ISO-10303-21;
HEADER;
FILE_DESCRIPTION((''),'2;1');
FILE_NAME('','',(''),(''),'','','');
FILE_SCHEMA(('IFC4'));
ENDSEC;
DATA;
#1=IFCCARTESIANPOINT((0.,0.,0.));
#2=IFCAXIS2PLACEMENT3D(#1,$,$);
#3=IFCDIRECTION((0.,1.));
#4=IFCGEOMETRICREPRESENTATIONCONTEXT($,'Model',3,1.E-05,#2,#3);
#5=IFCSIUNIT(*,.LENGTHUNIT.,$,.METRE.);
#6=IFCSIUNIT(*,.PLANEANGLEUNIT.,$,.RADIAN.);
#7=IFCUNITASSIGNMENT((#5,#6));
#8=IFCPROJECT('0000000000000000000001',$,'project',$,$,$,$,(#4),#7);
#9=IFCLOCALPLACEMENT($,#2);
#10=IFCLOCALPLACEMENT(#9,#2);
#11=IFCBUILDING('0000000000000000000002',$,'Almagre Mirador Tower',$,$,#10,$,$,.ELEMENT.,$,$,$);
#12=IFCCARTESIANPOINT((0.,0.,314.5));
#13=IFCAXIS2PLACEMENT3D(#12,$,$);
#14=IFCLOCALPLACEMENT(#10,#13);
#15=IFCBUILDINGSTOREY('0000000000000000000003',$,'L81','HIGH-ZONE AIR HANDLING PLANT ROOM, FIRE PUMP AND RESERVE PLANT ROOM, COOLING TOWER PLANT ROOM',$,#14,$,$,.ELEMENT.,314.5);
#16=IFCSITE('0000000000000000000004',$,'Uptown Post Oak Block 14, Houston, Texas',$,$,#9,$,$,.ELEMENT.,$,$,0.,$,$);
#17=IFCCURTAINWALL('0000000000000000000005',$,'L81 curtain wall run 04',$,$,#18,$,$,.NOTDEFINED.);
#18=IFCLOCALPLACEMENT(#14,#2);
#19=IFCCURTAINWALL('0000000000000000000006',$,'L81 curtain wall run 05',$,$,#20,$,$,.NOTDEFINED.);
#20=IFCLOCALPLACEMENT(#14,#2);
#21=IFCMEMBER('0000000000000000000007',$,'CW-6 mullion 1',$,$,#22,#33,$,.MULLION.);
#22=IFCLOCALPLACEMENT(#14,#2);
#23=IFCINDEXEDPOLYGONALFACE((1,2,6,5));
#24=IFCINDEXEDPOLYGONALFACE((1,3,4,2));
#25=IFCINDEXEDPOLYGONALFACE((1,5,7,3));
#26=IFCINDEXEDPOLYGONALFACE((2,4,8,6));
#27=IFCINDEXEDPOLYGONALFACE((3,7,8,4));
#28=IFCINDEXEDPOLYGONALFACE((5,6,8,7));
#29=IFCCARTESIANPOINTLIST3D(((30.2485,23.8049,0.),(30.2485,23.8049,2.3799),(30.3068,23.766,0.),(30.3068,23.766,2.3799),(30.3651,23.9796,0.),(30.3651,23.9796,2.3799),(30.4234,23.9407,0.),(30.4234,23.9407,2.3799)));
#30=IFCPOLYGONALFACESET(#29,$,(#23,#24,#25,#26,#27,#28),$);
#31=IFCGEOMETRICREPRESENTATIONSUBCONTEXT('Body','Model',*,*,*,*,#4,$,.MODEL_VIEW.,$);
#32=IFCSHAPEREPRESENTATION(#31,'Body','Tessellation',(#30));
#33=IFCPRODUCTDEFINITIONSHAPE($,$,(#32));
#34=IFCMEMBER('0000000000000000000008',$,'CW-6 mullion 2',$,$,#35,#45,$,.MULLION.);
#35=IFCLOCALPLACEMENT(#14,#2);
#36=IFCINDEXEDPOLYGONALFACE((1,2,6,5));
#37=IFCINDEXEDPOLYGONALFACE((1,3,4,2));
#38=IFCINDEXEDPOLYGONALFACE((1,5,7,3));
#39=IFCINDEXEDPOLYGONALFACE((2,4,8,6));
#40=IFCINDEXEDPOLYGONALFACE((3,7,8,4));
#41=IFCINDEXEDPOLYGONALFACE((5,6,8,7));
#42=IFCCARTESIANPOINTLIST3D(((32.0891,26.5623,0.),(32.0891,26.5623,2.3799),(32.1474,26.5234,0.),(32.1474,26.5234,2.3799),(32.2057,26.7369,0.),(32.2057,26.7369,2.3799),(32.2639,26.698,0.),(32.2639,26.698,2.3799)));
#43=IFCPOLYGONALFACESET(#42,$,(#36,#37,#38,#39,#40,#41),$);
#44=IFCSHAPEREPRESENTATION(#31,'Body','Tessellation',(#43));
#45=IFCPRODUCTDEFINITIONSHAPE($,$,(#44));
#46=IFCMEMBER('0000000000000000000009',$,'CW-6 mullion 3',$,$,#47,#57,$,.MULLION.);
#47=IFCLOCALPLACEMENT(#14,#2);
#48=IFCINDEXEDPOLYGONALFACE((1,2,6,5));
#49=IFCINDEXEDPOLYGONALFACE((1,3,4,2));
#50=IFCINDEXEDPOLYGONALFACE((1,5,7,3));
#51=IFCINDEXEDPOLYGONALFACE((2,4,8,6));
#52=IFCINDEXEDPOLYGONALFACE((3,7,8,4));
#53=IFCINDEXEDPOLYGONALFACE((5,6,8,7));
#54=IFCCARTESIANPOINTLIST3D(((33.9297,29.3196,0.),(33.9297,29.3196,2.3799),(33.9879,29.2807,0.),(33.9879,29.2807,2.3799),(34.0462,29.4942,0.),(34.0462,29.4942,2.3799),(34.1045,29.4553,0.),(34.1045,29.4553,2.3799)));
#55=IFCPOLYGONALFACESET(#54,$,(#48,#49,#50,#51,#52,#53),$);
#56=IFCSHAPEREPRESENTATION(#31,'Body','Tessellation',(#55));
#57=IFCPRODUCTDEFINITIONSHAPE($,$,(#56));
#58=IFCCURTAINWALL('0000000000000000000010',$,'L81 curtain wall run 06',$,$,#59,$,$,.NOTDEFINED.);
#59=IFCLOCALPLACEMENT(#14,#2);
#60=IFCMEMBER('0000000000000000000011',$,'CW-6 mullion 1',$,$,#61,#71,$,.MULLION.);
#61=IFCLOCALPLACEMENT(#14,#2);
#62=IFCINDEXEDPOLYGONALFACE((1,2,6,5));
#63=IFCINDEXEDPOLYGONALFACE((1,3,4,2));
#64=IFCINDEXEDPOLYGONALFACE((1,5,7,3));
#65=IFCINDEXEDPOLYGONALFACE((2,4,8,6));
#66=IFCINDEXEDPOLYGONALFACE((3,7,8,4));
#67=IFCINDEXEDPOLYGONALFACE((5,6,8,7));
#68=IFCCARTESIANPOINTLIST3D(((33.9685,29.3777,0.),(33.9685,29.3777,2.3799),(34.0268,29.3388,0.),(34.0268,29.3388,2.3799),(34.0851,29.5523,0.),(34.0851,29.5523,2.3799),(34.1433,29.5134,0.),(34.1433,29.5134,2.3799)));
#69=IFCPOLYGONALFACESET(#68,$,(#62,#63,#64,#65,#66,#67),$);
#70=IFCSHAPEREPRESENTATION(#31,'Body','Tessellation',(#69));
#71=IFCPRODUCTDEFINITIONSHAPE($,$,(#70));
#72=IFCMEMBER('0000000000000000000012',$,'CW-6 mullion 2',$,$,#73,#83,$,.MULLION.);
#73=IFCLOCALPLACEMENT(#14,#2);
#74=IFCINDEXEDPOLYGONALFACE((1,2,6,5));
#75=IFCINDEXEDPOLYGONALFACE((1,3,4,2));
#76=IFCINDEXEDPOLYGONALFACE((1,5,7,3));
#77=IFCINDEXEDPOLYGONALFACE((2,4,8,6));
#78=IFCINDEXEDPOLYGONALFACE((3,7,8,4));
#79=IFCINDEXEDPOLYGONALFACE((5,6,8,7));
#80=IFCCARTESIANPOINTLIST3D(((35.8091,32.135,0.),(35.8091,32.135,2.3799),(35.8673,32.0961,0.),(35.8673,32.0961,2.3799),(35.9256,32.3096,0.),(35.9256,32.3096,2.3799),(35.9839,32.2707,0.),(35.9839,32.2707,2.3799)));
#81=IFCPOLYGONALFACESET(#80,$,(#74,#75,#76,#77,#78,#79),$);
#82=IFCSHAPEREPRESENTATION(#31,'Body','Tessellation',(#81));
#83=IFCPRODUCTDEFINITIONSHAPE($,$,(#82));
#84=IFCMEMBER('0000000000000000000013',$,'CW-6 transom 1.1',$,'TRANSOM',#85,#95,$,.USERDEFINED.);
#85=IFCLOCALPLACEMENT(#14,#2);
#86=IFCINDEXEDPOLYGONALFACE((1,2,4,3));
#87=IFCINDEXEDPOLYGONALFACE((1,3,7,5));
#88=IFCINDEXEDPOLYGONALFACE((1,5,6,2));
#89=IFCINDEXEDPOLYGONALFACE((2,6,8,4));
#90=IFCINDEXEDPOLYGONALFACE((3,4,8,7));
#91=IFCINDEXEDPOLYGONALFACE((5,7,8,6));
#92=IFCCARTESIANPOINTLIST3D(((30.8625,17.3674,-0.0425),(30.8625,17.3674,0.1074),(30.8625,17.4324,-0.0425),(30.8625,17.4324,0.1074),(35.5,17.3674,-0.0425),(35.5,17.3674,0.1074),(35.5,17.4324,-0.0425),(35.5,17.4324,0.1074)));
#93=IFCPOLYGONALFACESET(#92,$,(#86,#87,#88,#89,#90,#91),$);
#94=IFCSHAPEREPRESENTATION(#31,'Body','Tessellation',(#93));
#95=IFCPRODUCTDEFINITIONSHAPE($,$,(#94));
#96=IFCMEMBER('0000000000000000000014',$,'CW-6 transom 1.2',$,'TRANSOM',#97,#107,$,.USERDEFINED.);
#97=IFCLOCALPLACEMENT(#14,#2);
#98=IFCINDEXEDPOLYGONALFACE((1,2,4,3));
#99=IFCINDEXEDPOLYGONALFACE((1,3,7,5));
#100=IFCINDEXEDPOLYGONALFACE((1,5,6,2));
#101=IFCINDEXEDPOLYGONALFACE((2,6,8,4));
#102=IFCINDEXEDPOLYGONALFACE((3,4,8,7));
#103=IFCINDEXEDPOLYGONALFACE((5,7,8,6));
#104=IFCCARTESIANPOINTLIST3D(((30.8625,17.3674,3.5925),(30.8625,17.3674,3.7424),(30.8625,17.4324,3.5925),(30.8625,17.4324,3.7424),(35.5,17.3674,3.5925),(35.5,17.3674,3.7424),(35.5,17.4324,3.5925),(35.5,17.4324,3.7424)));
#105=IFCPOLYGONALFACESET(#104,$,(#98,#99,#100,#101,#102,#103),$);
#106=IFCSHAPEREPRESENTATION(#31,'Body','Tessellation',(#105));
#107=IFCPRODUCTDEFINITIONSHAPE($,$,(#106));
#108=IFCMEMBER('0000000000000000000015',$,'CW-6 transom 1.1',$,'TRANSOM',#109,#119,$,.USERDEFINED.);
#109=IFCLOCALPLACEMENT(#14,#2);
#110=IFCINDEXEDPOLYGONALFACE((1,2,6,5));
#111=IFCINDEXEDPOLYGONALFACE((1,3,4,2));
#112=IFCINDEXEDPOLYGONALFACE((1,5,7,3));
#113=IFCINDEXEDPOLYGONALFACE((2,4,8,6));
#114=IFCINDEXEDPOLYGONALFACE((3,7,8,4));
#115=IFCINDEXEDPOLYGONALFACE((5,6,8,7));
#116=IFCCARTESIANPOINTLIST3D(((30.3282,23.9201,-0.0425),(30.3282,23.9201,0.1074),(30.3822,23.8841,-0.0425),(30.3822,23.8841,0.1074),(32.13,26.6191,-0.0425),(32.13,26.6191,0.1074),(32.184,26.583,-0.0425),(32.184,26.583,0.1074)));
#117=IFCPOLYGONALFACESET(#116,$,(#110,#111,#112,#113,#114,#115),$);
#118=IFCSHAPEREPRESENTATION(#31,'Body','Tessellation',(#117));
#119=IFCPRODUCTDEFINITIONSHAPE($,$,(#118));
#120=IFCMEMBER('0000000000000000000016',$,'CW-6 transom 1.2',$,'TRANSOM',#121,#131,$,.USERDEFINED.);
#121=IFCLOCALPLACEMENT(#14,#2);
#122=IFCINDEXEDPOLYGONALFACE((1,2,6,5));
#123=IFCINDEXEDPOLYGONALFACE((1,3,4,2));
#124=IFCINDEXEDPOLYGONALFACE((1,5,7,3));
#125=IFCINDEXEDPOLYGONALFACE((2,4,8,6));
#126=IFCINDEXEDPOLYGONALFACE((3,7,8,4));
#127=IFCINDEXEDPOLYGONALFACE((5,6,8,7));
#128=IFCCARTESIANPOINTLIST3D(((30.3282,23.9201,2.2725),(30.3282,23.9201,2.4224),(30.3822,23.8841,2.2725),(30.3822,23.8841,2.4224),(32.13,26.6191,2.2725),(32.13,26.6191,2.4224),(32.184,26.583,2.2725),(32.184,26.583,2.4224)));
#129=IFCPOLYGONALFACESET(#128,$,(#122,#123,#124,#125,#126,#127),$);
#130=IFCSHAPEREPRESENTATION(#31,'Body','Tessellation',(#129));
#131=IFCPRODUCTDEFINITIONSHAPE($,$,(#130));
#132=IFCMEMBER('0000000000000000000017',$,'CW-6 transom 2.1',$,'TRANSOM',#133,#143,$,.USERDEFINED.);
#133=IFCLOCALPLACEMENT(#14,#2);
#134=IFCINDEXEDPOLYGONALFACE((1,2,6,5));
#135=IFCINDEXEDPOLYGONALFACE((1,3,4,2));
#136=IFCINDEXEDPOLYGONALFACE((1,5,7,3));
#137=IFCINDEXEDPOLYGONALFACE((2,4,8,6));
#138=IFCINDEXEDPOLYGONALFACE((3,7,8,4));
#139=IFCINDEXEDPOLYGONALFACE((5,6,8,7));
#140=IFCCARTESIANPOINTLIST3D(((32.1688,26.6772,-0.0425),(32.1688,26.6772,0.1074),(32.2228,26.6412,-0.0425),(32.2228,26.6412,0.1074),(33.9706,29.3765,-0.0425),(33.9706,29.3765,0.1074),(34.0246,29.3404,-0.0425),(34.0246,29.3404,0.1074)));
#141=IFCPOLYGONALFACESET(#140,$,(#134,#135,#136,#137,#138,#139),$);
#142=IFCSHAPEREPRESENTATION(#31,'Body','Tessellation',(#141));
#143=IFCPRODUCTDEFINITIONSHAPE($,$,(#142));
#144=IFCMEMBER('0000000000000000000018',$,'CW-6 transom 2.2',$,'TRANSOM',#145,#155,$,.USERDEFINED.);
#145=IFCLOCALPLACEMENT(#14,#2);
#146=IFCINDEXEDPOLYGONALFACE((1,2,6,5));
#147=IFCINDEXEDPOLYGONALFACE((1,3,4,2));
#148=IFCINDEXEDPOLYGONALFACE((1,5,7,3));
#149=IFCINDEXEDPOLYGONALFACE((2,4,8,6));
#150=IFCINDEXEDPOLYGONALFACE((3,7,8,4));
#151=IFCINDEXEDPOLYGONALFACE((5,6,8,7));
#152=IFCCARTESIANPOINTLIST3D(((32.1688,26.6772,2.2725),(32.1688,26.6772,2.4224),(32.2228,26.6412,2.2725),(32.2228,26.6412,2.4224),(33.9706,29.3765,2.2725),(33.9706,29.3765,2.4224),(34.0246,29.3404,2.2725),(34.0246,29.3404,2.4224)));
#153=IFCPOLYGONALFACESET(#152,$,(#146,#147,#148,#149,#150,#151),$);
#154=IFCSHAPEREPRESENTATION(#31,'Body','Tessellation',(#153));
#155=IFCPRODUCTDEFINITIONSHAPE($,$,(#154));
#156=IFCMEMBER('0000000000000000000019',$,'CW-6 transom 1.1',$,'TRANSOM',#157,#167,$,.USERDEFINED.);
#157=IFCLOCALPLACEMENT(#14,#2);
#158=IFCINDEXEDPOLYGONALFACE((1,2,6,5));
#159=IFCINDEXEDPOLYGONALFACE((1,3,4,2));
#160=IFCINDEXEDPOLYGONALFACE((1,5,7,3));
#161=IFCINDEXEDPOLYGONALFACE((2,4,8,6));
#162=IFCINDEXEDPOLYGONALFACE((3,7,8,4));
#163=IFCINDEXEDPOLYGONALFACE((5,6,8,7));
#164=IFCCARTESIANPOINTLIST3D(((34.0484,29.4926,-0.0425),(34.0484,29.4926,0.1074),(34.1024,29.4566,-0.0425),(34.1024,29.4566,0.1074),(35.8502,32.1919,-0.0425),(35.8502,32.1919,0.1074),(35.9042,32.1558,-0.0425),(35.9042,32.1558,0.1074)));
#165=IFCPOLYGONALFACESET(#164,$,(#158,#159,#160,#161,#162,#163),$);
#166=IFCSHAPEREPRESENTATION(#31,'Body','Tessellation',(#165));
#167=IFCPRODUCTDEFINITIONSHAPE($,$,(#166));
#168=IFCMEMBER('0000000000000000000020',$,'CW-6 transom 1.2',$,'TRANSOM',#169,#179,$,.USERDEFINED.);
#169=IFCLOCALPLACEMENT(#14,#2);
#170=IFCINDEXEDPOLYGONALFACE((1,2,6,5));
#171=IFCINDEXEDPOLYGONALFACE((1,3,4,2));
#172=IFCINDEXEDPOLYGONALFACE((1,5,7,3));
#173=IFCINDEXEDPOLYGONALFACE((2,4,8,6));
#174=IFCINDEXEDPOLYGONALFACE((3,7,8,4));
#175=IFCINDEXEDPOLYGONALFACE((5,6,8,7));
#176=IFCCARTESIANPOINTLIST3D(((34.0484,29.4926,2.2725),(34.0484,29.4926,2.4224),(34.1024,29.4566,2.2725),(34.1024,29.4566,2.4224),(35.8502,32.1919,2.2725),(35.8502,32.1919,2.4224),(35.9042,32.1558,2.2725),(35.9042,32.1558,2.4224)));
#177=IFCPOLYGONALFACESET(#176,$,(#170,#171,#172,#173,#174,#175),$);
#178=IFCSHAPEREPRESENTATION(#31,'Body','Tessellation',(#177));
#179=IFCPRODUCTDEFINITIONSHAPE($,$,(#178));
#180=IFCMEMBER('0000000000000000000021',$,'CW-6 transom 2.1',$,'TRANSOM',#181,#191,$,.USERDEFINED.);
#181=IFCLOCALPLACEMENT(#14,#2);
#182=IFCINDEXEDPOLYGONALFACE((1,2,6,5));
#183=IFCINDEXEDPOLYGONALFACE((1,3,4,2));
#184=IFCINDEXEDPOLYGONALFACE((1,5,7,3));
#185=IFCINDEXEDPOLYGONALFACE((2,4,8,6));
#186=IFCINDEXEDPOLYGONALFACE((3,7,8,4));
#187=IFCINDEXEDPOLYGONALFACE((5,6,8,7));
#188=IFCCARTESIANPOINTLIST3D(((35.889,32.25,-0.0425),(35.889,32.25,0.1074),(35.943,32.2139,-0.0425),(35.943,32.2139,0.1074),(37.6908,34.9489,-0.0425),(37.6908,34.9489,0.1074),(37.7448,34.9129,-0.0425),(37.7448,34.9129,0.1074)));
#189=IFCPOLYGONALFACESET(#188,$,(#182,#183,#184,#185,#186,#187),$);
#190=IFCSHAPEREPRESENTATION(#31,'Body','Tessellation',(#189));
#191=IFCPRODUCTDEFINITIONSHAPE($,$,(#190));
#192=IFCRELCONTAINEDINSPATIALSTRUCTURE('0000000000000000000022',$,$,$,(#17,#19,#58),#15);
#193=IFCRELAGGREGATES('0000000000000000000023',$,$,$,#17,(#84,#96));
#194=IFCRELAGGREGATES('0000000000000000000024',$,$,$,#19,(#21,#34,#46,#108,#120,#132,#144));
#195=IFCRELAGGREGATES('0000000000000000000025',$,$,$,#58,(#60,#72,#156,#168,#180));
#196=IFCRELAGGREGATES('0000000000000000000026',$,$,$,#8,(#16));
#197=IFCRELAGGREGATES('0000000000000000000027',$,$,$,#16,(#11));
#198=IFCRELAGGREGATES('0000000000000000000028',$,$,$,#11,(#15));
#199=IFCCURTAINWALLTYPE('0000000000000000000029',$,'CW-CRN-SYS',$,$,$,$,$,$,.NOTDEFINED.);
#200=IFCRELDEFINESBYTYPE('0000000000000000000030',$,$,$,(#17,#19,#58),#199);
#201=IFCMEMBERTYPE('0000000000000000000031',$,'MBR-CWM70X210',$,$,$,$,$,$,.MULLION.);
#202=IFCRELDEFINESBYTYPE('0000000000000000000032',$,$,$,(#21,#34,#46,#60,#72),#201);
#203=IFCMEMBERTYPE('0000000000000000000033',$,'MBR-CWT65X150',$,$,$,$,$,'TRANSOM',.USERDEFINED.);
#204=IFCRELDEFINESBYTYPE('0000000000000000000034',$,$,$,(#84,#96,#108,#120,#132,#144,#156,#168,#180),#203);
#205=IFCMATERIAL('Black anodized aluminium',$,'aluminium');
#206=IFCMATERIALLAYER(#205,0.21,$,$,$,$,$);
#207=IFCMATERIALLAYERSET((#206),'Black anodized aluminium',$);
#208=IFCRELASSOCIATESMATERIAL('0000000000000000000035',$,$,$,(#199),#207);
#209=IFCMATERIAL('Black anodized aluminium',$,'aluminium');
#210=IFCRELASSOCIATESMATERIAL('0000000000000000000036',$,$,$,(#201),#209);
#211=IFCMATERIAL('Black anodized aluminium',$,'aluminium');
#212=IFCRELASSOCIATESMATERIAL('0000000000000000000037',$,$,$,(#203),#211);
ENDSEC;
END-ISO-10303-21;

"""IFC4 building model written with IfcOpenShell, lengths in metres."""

from ifc_helpers import new_model, si_unit, direction, frame, origin, origin_2d, place, context, subcontext, project, spatial, rectangle, extrude, material, layer, layer_set, material_profile, profile_set, type_object, element, aggregate, save


model = new_model("IFC4")

# Units and contexts
model_context = context("Model", 3, precision=1e-05, world=origin(), true_north=direction((0.0, 1.0)))
body_context = subcontext(model_context, "Body", "Model", "MODEL_VIEW")
ifc_project = project(units=[si_unit("LENGTHUNIT", "METRE"), si_unit("PLANEANGLEUNIT", "RADIAN")], contexts=[model_context])

# Site, building, storey
site_placement = place(None, origin())
site = spatial("IfcSite", under=ifc_project, at=site_placement, Name="Uptown Post Oak Block 14, Houston, Texas", CompositionType="ELEMENT", RefElevation=0.0)
building_placement = place(site_placement, origin())
building = spatial("IfcBuilding", under=site, at=building_placement, Name="Almagre Mirador Tower", CompositionType="ELEMENT")
storey_placement = place(building_placement, frame((0.0, 0.0, 314.5)))
storey = spatial("IfcBuildingStorey", under=building, at=storey_placement, Name="L81", Description="HIGH-ZONE AIR HANDLING PLANT ROOM, FIRE PUMP AND RESERVE PLANT ROOM, COOLING TOWER PLANT ROOM", CompositionType="ELEMENT", Elevation=314.5)

# Shared definitions
ifc_material_1 = material(Name="Black anodized aluminium", Category="aluminium")
ifc_layer_1 = layer(ifc_material_1, 0.21)
ifc_layer_set_1 = layer_set([ifc_layer_1], Name="Black anodized aluminium")
curtain_wall_type = type_object("IfcCurtainWallType", Name="CW-CRN-SYS", PredefinedType="NOTDEFINED", material=ifc_layer_set_1)
ifc_material_2 = material(Name="Black anodized aluminium", Category="aluminium")
ifc_material_profile_1 = material_profile(ifc_material_2, rectangle(XDim=0.0701, YDim=0.21, at=origin_2d()), Name="CWM70X210")
ifc_profile_set_1 = profile_set([ifc_material_profile_1], Name="Black anodized aluminium")
member_type_1 = type_object("IfcMemberType", Name="MBR-CWM70X210", PredefinedType="MULLION", material=ifc_profile_set_1)

# Curtain walls, members
curtain_wall_1_placement = place(storey_placement, origin())
curtain_wall_1 = element("IfcCurtainWall", 1, at=curtain_wall_1_placement, inside=storey, type_object=curtain_wall_type, Name="L81 curtain wall run 04", PredefinedType="NOTDEFINED")
curtain_wall_2_placement = place(storey_placement, origin())
curtain_wall_2 = element("IfcCurtainWall", 2, at=curtain_wall_2_placement, inside=storey, type_object=curtain_wall_type, Name="L81 curtain wall run 05", PredefinedType="NOTDEFINED")
member_1_placement = place(storey_placement, frame((30.3359, 23.8728, 0.0), z_axis=(0.0, 0.0, 1.0), x_axis=(-0.831708, 0.555213, 0.0)))
member_1 = element("IfcMember", 3, at=member_1_placement, type_object=member_type_1, Name="CW-6 mullion 1", PredefinedType="MULLION", context=body_context, shape_type="SweptSolid", body=[
    extrude(rectangle(XDim=0.0701, YDim=0.21, at=origin_2d()), origin(), (0.0, 0.0, 1.0), 2.3799),
])
member_2_placement = place(storey_placement, frame((32.1765, 26.6301, 0.0), z_axis=(0.0, 0.0, 1.0), x_axis=(-0.831708, 0.555213, 0.0)))
member_2 = element("IfcMember", 4, at=member_2_placement, type_object=member_type_1, Name="CW-6 mullion 2", PredefinedType="MULLION", context=body_context, shape_type="SweptSolid", body=[
    extrude(rectangle(XDim=0.0701, YDim=0.21, at=origin_2d()), origin(), (0.0, 0.0, 1.0), 2.3799),
])
member_3_placement = place(storey_placement, frame((34.0171, 29.3875, 0.0), z_axis=(0.0, 0.0, 1.0), x_axis=(-0.831708, 0.555213, 0.0)))
member_3 = element("IfcMember", 5, at=member_3_placement, type_object=member_type_1, Name="CW-6 mullion 3", PredefinedType="MULLION", context=body_context, shape_type="SweptSolid", body=[
    extrude(rectangle(XDim=0.0701, YDim=0.21, at=origin_2d()), origin(), (0.0, 0.0, 1.0), 2.3799),
])
curtain_wall_3_placement = place(storey_placement, origin())
curtain_wall_3 = element("IfcCurtainWall", 6, at=curtain_wall_3_placement, inside=storey, type_object=curtain_wall_type, Name="L81 curtain wall run 06", PredefinedType="NOTDEFINED")
member_4_placement = place(storey_placement, frame((34.0559, 29.4456, 0.0), z_axis=(0.0, 0.0, 1.0), x_axis=(-0.831708, 0.555213, 0.0)))
member_4 = element("IfcMember", 7, at=member_4_placement, type_object=member_type_1, Name="CW-6 mullion 1", PredefinedType="MULLION", context=body_context, shape_type="SweptSolid", body=[
    extrude(rectangle(XDim=0.0701, YDim=0.21, at=origin_2d()), origin(), (0.0, 0.0, 1.0), 2.3799),
])
member_5_placement = place(storey_placement, frame((35.8965, 32.2029, 0.0), z_axis=(0.0, 0.0, 1.0), x_axis=(-0.831708, 0.555213, 0.0)))
member_5 = element("IfcMember", 8, at=member_5_placement, type_object=member_type_1, Name="CW-6 mullion 2", PredefinedType="MULLION", context=body_context, shape_type="SweptSolid", body=[
    extrude(rectangle(XDim=0.0701, YDim=0.21, at=origin_2d()), origin(), (0.0, 0.0, 1.0), 2.3799),
])

# Members
ifc_material_3 = material(Name="Black anodized aluminium", Category="aluminium")
ifc_material_profile_2 = material_profile(ifc_material_3, rectangle(XDim=0.0649, YDim=0.1499, at=origin_2d()), Name="CWT65X150")
ifc_profile_set_2 = profile_set([ifc_material_profile_2], Name="Black anodized aluminium")
member_type_2 = type_object("IfcMemberType", Name="MBR-CWT65X150", ElementType="TRANSOM", PredefinedType="USERDEFINED", material=ifc_profile_set_2)
member_6_placement = place(storey_placement, frame((30.8625, 17.3999, 0.0325), z_axis=(1.0, 0.0, 0.0), x_axis=(0.0, 1.0, 0.0)))
member_6 = element("IfcMember", 9, at=member_6_placement, type_object=member_type_2, Name="CW-6 transom 1.1", ObjectType="TRANSOM", PredefinedType="USERDEFINED", context=body_context, shape_type="SweptSolid", body=[
    extrude(rectangle(XDim=0.0649, YDim=0.1499, at=origin_2d()), origin(), (0.0, 0.0, 1.0), 4.6375),
])
member_7_placement = place(storey_placement, frame((30.8625, 17.3999, 3.6675), z_axis=(1.0, 0.0, 0.0), x_axis=(0.0, 1.0, 0.0)))
member_7 = element("IfcMember", 10, at=member_7_placement, type_object=member_type_2, Name="CW-6 transom 1.2", ObjectType="TRANSOM", PredefinedType="USERDEFINED", context=body_context, shape_type="SweptSolid", body=[
    extrude(rectangle(XDim=0.0649, YDim=0.1499, at=origin_2d()), origin(), (0.0, 0.0, 1.0), 4.6375),
])
member_8_placement = place(storey_placement, frame((30.3552, 23.9021, 0.0325), z_axis=(0.555221, 0.831703, 0.0), x_axis=(-0.831703, 0.555221, 0.0)))
member_8 = element("IfcMember", 11, at=member_8_placement, type_object=member_type_2, Name="CW-6 transom 1.1", ObjectType="TRANSOM", PredefinedType="USERDEFINED", context=body_context, shape_type="SweptSolid", body=[
    extrude(rectangle(XDim=0.0649, YDim=0.1499, at=origin_2d()), origin(), (0.0, 0.0, 1.0), 3.2451),
])
member_9_placement = place(storey_placement, frame((30.3552, 23.9021, 2.3474), z_axis=(0.555221, 0.831703, 0.0), x_axis=(-0.831703, 0.555221, 0.0)))
member_9 = element("IfcMember", 12, at=member_9_placement, type_object=member_type_2, Name="CW-6 transom 1.2", ObjectType="TRANSOM", PredefinedType="USERDEFINED", context=body_context, shape_type="SweptSolid", body=[
    extrude(rectangle(XDim=0.0649, YDim=0.1499, at=origin_2d()), origin(), (0.0, 0.0, 1.0), 3.2451),
])
member_10_placement = place(storey_placement, frame((32.1958, 26.6592, 0.0325), z_axis=(0.555186, 0.831726, 0.0), x_axis=(-0.831726, 0.555186, 0.0)))
member_10 = element("IfcMember", 13, at=member_10_placement, type_object=member_type_2, Name="CW-6 transom 2.1", ObjectType="TRANSOM", PredefinedType="USERDEFINED", context=body_context, shape_type="SweptSolid", body=[
    extrude(rectangle(XDim=0.0649, YDim=0.1499, at=origin_2d()), origin(), (0.0, 0.0, 1.0), 3.2454),
])
member_11_placement = place(storey_placement, frame((32.1958, 26.6592, 2.3474), z_axis=(0.555186, 0.831726, 0.0), x_axis=(-0.831726, 0.555186, 0.0)))
member_11 = element("IfcMember", 14, at=member_11_placement, type_object=member_type_2, Name="CW-6 transom 2.2", ObjectType="TRANSOM", PredefinedType="USERDEFINED", context=body_context, shape_type="SweptSolid", body=[
    extrude(rectangle(XDim=0.0649, YDim=0.1499, at=origin_2d()), origin(), (0.0, 0.0, 1.0), 3.2454),
])
member_12_placement = place(storey_placement, frame((34.0754, 29.4746, 0.0325), z_axis=(0.555186, 0.831726, 0.0), x_axis=(-0.831726, 0.555186, 0.0)))
member_12 = element("IfcMember", 15, at=member_12_placement, type_object=member_type_2, Name="CW-6 transom 1.1", ObjectType="TRANSOM", PredefinedType="USERDEFINED", context=body_context, shape_type="SweptSolid", body=[
    extrude(rectangle(XDim=0.0649, YDim=0.1499, at=origin_2d()), origin(), (0.0, 0.0, 1.0), 3.2454),
])
member_13_placement = place(storey_placement, frame((34.0754, 29.4746, 2.3474), z_axis=(0.555186, 0.831726, 0.0), x_axis=(-0.831726, 0.555186, 0.0)))
member_13 = element("IfcMember", 16, at=member_13_placement, type_object=member_type_2, Name="CW-6 transom 1.2", ObjectType="TRANSOM", PredefinedType="USERDEFINED", context=body_context, shape_type="SweptSolid", body=[
    extrude(rectangle(XDim=0.0649, YDim=0.1499, at=origin_2d()), origin(), (0.0, 0.0, 1.0), 3.2454),
])
member_14_placement = place(storey_placement, frame((35.916, 32.2319, 0.0325), z_axis=(0.555221, 0.831703, 0.0), x_axis=(-0.831703, 0.555221, 0.0)))
member_14 = element("IfcMember", 17, at=member_14_placement, type_object=member_type_2, Name="CW-6 transom 2.1", ObjectType="TRANSOM", PredefinedType="USERDEFINED", context=body_context, shape_type="SweptSolid", body=[
    extrude(rectangle(XDim=0.0649, YDim=0.1499, at=origin_2d()), origin(), (0.0, 0.0, 1.0), 3.2451),
])

aggregate(curtain_wall_1, [member_6, member_7])
aggregate(curtain_wall_2, [member_1, member_2, member_3, member_8, member_9, member_10, member_11])
aggregate(curtain_wall_3, [member_4, member_5, member_12, member_13, member_14])

save(model, "model.ifc")
